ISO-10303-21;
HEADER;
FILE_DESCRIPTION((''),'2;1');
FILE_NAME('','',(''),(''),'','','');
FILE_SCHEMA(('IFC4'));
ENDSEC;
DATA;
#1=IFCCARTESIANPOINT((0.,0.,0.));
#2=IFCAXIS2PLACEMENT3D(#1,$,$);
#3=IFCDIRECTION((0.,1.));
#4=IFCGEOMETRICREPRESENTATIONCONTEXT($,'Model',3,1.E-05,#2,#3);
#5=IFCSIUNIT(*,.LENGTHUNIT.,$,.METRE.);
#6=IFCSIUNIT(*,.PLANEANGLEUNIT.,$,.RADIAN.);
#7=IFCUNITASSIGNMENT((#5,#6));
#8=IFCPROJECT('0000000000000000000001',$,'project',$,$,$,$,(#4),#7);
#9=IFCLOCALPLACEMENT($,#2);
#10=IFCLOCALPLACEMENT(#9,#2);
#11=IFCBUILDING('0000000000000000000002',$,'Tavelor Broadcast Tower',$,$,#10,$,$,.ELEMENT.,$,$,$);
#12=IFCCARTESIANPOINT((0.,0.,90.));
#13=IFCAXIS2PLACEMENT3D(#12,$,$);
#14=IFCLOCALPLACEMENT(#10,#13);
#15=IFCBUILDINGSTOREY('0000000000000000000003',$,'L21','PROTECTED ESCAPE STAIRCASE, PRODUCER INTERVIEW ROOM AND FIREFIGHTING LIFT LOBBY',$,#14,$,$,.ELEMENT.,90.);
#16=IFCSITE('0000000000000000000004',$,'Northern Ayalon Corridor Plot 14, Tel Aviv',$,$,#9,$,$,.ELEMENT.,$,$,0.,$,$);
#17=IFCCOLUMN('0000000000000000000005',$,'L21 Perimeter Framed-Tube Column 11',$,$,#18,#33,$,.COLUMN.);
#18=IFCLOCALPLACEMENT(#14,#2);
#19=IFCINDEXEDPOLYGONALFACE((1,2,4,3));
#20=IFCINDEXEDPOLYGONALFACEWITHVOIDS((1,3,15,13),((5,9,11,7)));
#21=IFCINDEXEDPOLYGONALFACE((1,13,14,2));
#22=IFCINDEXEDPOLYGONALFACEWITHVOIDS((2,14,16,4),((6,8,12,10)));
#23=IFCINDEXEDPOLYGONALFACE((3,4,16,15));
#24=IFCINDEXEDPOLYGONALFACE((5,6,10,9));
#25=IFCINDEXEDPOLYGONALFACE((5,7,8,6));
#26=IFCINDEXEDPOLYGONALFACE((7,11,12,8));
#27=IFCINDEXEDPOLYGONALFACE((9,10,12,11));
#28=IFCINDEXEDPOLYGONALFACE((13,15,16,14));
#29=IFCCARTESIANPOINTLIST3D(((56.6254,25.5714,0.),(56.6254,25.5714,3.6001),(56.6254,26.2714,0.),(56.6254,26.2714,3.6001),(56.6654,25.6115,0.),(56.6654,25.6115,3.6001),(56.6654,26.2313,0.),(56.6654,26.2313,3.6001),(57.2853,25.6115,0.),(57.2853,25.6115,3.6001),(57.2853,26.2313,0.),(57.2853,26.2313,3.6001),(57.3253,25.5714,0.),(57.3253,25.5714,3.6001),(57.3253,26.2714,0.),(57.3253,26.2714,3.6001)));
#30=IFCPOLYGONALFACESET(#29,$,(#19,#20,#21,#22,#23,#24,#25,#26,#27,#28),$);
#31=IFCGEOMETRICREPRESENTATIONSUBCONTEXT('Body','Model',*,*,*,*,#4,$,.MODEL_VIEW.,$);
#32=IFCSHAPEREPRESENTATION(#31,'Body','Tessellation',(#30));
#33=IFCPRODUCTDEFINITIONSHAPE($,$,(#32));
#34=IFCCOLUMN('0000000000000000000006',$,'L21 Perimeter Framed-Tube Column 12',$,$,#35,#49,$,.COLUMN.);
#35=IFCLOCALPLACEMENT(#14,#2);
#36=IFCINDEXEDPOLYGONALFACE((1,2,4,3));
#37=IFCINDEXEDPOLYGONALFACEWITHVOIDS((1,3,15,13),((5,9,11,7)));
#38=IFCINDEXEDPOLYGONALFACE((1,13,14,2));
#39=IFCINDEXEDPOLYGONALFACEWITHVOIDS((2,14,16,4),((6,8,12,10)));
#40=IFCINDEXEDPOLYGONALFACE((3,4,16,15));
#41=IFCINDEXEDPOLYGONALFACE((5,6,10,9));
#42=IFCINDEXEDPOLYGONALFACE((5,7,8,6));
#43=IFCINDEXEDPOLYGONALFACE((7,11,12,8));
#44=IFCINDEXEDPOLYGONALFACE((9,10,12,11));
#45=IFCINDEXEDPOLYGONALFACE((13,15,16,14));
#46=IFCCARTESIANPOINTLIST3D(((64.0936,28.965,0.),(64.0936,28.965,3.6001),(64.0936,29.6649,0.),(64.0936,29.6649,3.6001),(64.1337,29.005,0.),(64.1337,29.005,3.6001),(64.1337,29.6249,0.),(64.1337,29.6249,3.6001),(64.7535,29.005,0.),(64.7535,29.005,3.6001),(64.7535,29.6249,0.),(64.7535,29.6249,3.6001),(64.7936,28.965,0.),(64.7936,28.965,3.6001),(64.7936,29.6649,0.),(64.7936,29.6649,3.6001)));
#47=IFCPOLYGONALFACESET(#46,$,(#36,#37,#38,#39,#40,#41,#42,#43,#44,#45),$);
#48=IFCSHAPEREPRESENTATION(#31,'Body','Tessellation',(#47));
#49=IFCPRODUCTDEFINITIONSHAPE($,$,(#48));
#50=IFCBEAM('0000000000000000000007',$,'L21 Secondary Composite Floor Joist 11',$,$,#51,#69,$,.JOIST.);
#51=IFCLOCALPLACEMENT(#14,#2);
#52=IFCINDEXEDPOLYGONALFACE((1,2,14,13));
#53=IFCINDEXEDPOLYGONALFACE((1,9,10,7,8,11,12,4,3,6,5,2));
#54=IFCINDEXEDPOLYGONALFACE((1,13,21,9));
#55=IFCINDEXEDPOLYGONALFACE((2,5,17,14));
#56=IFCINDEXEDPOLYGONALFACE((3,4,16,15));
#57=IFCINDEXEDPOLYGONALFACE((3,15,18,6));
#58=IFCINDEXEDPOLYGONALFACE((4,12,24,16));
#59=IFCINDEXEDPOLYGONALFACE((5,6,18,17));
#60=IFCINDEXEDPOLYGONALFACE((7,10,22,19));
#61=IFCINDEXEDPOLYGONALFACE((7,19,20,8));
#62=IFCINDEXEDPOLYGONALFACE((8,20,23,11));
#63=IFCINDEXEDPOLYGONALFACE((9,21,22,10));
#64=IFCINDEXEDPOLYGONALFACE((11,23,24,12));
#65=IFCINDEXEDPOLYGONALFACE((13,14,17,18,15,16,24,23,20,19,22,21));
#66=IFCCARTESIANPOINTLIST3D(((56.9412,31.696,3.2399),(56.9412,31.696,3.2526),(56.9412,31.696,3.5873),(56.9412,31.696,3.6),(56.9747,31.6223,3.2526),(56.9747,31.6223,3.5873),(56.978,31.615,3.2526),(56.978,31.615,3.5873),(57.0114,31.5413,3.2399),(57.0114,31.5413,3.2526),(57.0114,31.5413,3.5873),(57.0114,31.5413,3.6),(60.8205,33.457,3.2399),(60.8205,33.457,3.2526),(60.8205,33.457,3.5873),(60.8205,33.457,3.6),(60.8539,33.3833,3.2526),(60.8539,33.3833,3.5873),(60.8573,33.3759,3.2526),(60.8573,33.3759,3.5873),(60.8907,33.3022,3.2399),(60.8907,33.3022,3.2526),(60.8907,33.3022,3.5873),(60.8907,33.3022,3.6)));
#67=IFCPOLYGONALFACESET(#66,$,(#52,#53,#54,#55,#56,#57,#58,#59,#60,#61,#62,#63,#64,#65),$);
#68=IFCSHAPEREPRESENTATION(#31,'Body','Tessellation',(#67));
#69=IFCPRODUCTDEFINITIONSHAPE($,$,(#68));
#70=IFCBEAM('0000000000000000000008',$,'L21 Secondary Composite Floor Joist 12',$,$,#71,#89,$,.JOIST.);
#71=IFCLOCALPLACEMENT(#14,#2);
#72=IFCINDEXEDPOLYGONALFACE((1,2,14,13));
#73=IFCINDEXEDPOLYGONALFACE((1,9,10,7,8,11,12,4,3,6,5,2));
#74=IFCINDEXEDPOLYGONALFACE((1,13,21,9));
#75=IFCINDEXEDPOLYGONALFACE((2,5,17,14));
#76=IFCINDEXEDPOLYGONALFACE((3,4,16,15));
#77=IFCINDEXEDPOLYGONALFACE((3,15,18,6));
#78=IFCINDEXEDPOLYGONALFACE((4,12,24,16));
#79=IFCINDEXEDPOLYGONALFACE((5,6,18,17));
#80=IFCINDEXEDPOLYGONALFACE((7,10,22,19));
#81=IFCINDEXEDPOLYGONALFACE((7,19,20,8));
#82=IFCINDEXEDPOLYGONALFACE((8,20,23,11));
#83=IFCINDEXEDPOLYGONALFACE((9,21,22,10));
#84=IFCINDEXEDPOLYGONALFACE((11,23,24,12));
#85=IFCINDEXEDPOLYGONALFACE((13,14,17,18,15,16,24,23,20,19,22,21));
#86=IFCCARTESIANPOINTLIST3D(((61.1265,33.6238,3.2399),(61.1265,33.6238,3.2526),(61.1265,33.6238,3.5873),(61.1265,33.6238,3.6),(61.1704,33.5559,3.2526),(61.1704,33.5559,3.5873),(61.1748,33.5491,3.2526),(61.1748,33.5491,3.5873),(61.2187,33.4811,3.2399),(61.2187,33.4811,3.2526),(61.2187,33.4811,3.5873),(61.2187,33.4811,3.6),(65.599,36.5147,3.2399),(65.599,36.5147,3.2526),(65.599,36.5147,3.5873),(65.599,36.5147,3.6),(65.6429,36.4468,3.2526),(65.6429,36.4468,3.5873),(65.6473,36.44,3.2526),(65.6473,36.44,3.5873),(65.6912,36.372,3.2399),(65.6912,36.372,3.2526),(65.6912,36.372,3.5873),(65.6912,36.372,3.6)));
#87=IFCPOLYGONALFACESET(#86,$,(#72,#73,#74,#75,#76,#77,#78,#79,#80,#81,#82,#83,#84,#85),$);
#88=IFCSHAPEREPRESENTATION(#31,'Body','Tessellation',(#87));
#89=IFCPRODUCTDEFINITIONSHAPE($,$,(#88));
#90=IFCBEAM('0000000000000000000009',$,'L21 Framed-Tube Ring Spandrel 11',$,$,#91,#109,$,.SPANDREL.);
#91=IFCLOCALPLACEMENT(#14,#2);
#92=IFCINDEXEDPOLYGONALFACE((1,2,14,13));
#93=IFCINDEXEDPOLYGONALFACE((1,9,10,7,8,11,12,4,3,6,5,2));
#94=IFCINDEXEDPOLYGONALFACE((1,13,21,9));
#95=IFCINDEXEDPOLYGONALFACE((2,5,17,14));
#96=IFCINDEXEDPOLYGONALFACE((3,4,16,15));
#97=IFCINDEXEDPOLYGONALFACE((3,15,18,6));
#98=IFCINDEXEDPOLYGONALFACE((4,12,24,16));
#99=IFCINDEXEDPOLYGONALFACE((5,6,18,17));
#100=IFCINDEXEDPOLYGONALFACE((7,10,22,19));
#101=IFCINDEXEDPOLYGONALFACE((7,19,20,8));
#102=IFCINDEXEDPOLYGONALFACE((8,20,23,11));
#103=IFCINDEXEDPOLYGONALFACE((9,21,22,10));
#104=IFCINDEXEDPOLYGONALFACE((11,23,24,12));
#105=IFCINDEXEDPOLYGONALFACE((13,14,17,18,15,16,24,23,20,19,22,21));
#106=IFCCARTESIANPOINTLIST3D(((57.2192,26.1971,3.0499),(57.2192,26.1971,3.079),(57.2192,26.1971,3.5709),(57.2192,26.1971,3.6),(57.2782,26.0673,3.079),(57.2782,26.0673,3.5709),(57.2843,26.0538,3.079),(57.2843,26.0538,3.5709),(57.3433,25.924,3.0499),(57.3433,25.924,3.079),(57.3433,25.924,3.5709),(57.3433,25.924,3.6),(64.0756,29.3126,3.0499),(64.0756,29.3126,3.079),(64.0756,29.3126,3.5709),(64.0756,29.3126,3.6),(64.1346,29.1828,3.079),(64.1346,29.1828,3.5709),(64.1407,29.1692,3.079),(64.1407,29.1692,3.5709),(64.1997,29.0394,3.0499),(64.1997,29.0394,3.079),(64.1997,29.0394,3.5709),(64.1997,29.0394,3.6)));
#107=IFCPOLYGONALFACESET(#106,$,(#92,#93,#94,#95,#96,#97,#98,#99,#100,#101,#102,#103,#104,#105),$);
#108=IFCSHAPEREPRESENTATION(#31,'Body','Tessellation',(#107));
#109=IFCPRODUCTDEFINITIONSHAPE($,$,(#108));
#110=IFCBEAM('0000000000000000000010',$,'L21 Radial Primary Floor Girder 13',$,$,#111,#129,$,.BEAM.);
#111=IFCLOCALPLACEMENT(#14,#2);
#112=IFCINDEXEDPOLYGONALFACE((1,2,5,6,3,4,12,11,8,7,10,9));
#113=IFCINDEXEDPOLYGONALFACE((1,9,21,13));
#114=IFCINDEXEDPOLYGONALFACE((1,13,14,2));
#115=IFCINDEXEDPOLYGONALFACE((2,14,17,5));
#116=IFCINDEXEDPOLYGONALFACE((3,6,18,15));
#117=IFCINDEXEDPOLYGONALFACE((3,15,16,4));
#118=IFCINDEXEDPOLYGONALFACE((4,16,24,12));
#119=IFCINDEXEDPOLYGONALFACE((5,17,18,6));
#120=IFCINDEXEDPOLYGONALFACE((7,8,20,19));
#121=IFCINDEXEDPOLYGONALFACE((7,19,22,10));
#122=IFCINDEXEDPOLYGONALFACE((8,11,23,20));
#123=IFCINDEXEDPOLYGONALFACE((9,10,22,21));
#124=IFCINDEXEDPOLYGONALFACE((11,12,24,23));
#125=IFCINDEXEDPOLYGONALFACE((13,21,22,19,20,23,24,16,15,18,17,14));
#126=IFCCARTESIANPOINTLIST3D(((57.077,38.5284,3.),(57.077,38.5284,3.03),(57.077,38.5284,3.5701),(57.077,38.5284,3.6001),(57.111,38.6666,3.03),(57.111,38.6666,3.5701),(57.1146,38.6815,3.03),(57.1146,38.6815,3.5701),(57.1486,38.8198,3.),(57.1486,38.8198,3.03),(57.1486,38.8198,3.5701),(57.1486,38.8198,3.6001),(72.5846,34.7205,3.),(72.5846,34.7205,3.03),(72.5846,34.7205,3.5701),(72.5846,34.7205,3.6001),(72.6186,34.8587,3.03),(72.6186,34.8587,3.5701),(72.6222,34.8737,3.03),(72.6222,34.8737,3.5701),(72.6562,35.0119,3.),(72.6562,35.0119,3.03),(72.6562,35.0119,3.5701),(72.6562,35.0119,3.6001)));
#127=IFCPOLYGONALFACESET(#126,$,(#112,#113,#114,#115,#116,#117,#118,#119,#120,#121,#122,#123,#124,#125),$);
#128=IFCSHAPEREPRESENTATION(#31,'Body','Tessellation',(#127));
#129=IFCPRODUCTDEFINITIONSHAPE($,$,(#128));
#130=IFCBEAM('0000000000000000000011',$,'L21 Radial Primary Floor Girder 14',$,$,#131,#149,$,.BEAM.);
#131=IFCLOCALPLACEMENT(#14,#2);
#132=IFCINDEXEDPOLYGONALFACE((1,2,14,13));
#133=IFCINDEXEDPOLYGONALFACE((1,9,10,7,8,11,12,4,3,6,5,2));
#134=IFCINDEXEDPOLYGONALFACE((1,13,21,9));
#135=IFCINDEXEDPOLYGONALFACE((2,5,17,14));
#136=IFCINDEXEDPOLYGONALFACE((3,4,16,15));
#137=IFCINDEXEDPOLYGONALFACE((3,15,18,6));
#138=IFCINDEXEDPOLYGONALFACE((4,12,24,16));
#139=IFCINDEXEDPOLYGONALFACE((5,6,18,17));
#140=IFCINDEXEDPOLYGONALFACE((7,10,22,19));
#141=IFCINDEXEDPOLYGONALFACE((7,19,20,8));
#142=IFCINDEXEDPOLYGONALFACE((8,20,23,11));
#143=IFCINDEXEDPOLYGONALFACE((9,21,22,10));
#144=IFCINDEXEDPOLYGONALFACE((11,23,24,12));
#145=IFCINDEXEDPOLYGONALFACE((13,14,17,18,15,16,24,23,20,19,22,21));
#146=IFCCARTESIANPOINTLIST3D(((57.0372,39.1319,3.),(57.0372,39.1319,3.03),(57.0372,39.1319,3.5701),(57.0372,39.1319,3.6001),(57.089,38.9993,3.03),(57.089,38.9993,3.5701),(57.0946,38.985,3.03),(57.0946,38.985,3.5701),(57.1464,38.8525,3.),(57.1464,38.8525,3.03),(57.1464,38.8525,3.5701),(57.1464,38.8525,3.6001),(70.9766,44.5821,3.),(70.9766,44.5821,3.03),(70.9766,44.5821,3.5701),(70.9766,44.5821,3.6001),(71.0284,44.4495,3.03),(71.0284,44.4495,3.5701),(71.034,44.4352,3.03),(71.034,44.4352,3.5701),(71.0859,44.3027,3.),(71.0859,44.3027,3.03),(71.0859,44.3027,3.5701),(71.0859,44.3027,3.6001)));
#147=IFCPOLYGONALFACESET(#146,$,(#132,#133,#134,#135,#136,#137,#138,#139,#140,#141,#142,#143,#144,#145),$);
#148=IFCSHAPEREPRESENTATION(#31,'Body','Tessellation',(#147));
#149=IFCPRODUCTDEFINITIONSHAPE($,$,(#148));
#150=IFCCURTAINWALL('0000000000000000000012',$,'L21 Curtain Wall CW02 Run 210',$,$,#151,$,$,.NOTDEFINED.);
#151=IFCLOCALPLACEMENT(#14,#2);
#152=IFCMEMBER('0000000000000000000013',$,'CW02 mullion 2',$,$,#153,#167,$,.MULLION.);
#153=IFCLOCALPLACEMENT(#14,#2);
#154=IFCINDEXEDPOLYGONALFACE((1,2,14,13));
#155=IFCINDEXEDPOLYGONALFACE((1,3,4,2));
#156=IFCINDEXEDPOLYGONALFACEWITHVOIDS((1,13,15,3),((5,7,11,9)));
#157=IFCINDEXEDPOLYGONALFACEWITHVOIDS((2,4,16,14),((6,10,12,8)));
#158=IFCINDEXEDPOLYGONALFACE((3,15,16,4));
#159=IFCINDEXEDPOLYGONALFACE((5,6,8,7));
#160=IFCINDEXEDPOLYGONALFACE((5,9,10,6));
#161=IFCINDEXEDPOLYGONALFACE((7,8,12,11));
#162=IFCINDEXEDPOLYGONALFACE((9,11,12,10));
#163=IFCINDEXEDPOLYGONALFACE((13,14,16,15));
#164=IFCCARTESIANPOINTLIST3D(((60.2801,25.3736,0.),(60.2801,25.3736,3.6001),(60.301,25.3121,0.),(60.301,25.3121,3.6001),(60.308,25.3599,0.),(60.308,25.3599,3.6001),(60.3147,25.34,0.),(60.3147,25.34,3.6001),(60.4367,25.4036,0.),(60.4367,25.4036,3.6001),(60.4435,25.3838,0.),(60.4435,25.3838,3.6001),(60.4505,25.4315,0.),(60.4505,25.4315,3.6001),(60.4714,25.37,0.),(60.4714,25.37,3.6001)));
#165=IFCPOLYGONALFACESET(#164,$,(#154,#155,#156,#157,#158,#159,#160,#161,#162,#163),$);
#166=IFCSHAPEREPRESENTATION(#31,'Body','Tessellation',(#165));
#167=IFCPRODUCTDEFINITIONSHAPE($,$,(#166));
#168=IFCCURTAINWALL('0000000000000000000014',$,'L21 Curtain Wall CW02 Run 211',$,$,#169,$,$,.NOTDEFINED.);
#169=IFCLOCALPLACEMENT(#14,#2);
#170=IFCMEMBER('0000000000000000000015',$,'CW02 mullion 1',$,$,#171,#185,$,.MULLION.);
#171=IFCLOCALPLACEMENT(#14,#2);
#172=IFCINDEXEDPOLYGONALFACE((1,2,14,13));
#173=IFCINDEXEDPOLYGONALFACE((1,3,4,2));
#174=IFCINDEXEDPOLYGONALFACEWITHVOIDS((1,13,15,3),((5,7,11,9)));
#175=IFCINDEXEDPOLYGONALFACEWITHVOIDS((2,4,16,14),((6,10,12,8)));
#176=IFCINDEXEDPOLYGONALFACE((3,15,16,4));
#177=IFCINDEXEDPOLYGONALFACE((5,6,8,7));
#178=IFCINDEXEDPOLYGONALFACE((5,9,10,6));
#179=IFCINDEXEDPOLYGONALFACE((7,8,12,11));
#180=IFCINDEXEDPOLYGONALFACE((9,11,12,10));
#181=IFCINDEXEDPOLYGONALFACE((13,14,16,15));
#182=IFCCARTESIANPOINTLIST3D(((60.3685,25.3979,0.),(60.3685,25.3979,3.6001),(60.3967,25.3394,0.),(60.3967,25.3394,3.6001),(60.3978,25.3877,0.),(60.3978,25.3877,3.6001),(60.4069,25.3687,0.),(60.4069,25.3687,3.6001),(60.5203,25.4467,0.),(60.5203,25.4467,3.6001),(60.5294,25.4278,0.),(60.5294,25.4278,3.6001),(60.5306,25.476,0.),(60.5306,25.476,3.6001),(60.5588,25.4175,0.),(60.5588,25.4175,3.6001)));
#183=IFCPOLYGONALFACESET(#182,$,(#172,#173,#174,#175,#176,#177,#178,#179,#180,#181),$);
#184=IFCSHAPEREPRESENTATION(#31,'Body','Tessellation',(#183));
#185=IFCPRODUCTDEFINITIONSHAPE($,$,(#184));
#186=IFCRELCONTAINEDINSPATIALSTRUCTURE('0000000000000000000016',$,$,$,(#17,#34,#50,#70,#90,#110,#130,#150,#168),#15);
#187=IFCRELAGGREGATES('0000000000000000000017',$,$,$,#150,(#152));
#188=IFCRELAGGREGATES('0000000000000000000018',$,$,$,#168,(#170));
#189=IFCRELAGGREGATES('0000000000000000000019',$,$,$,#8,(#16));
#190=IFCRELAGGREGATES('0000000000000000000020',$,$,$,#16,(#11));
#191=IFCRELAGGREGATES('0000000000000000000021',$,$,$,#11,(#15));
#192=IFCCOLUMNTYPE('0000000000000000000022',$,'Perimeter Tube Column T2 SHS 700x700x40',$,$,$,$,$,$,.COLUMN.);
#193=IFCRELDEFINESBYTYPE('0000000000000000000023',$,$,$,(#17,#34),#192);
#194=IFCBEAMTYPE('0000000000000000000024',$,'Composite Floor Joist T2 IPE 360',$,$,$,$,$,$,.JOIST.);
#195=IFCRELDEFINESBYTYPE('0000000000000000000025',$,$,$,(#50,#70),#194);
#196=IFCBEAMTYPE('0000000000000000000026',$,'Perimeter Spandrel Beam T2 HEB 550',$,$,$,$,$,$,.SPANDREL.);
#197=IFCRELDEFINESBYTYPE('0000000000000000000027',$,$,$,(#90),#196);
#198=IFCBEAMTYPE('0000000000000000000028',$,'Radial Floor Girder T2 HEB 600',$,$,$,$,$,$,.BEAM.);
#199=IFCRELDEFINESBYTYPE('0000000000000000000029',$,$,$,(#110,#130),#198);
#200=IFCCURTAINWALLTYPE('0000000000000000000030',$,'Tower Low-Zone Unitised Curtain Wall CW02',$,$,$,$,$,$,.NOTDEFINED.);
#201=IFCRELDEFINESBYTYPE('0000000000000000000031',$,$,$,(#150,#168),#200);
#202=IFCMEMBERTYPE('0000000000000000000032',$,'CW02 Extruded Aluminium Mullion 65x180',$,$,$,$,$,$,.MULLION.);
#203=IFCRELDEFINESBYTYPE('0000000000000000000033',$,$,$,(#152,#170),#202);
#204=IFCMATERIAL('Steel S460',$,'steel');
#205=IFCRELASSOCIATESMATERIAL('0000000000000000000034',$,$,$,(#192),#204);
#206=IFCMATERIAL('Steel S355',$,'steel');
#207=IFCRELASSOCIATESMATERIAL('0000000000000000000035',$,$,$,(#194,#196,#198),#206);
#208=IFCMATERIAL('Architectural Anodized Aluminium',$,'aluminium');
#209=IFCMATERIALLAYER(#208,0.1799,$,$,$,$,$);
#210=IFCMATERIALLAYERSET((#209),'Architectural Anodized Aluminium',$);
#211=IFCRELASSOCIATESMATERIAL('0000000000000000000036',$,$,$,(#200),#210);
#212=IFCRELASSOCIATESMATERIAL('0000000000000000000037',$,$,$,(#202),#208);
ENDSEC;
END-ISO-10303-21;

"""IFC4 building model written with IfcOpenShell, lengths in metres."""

from ifc_helpers import new_model, si_unit, direction, frame, origin, origin_2d, place, context, subcontext, project, spatial, hollow_rectangle, i_section, extrude, source, transform, mapped, material, layer, layer_set, material_profile, profile_set, type_object, type_shapes, element, aggregate, save


model = new_model("IFC4")

# Units and contexts
model_context = context("Model", 3, precision=1e-05, world=origin(), true_north=direction((0.0, 1.0)))
body_context = subcontext(model_context, "Body", "Model", "MODEL_VIEW")
ifc_project = project(units=[si_unit("LENGTHUNIT", "METRE"), si_unit("PLANEANGLEUNIT", "RADIAN")], contexts=[model_context])

# Site, building, storey
site_placement = place(None, origin())
site = spatial("IfcSite", under=ifc_project, at=site_placement, Name="Northern Ayalon Corridor Plot 14, Tel Aviv", CompositionType="ELEMENT", RefElevation=0.0)
building_placement = place(site_placement, origin())
building = spatial("IfcBuilding", under=site, at=building_placement, Name="Tavelor Broadcast Tower", CompositionType="ELEMENT")
storey_placement = place(building_placement, frame((0.0, 0.0, 90.0)))
storey = spatial("IfcBuildingStorey", under=building, at=storey_placement, Name="L21", Description="PROTECTED ESCAPE STAIRCASE, PRODUCER INTERVIEW ROOM AND FIREFIGHTING LIFT LOBBY", CompositionType="ELEMENT", Elevation=90.0)

# Columns
ifc_material_1 = material(Name="Steel S460", Category="steel")
ifc_material_profile_1 = material_profile(ifc_material_1, hollow_rectangle(XDim=0.7, YDim=0.7, WallThickness=0.04, at=origin_2d()), Name="SHS 700x700x40")
ifc_profile_set_1 = profile_set([ifc_material_profile_1], Name="Steel S460")
column_type = type_object("IfcColumnType", Name="Perimeter Tube Column T2 SHS 700x700x40", PredefinedType="COLUMN", material=ifc_profile_set_1)
for number, where, z_axis, x_axis, name in (
    (1, (56.9753, 25.9214, 0.0), (0.0, 0.0, 1.0), (1.0, 0.0, 0.0), "L21 Perimeter Framed-Tube Column 11"),
    (2, (64.4436, 29.3149, 0.0), (0.0, 0.0, 1.0), (1.0, 0.0, 0.0), "L21 Perimeter Framed-Tube Column 12"),
):
    element("IfcColumn", number, at=place(storey_placement, frame(where, z_axis=z_axis, x_axis=x_axis)), inside=storey, type_object=column_type, Name=name, PredefinedType="COLUMN", context=body_context, shape_type="SweptSolid", body=[
        extrude(hollow_rectangle(XDim=0.7, YDim=0.7, WallThickness=0.04, at=origin_2d()), origin(), (0.0, 0.0, 1.0), 3.6001),
    ])

# Beams
ifc_material_2 = material(Name="Steel S355", Category="steel")
ifc_material_profile_2 = material_profile(ifc_material_2, i_section(OverallWidth=0.1699, OverallDepth=0.3601, WebThickness=0.0081, FlangeThickness=0.0127, at=origin_2d()), Name="IPE 360")
ifc_profile_set_2 = profile_set([ifc_material_profile_2], Name="Steel S355")
beam_type_1 = type_object("IfcBeamType", Name="Composite Floor Joist T2 IPE 360", PredefinedType="JOIST", material=ifc_profile_set_2)
beam_1_placement = place(storey_placement, frame((56.9763, 31.6187, 3.4199), z_axis=(0.910576, 0.413341, 0.0), x_axis=(-0.413341, 0.910576, 0.0)))
element("IfcBeam", 3, at=beam_1_placement, inside=storey, type_object=beam_type_1, Name="L21 Secondary Composite Floor Joist 11", PredefinedType="JOIST", context=body_context, shape_type="SweptSolid", body=[
    extrude(i_section(OverallWidth=0.1699, OverallDepth=0.3601, WebThickness=0.0081, FlangeThickness=0.0127, at=origin_2d()), origin(), (0.0, 0.0, 1.0), 4.2603),
])
beam_2_placement = place(storey_placement, frame((61.1726, 33.5525, 3.4199), z_axis=(0.839831, 0.542848, 0.0), x_axis=(-0.542848, 0.839831, 0.0)))
element("IfcBeam", 4, at=beam_2_placement, inside=storey, type_object=beam_type_1, Name="L21 Secondary Composite Floor Joist 12", PredefinedType="JOIST", context=body_context, shape_type="SweptSolid", body=[
    extrude(i_section(OverallWidth=0.1699, OverallDepth=0.3601, WebThickness=0.0081, FlangeThickness=0.0127, at=origin_2d()), origin(), (0.0, 0.0, 1.0), 5.3254),
])
ifc_material_profile_3 = material_profile(ifc_material_2, i_section(OverallWidth=0.3, OverallDepth=0.55, WebThickness=0.0149, FlangeThickness=0.0291, at=origin_2d()), Name="HEB 550")
ifc_profile_set_3 = profile_set([ifc_material_profile_3], Name="Steel S355")
beam_type_2 = type_object("IfcBeamType", Name="Perimeter Spandrel Beam T2 HEB 550", PredefinedType="SPANDREL", material=ifc_profile_set_3)
beam_3_placement = place(storey_placement, frame((57.2812, 26.0605, 3.325), z_axis=(0.910421, 0.413683, 0.0), x_axis=(-0.413683, 0.910421, 0.0)))
element("IfcBeam", 5, at=beam_3_placement, inside=storey, type_object=beam_type_2, Name="L21 Framed-Tube Ring Spandrel 11", PredefinedType="SPANDREL", context=body_context, shape_type="SweptSolid", body=[
    extrude(i_section(OverallWidth=0.3, OverallDepth=0.55, WebThickness=0.0149, FlangeThickness=0.0291, at=origin_2d()), origin(), (0.0, 0.0, 1.0), 7.531),
])
ifc_material_profile_4 = material_profile(ifc_material_2, i_section(OverallWidth=0.3, OverallDepth=0.6001, WebThickness=0.0154, FlangeThickness=0.03, at=origin_2d()), Name="HEB 600")
ifc_profile_set_4 = profile_set([ifc_material_profile_4], Name="Steel S355")
beam_type_3 = type_object("IfcBeamType", Name="Radial Floor Girder T2 HEB 600", PredefinedType="BEAM", material=ifc_profile_set_4)
beam_4_placement = place(storey_placement, frame((57.1128, 38.6741, 3.3), z_axis=(0.971151, -0.238465, 0.0), x_axis=(0.238465, 0.971151, 0.0)))
element("IfcBeam", 6, at=beam_4_placement, inside=storey, type_object=beam_type_3, Name="L21 Radial Primary Floor Girder 13", PredefinedType="BEAM", context=body_context, shape_type="SweptSolid", body=[
    extrude(i_section(OverallWidth=0.3, OverallDepth=0.6001, WebThickness=0.0154, FlangeThickness=0.03, at=origin_2d()), origin(), (0.0, 0.0, 1.0), 15.9683),
])
beam_5_placement = place(storey_placement, frame((57.0918, 38.9922, 3.3), z_axis=(0.931342, 0.364146, 0.0), x_axis=(-0.364146, 0.931342, 0.0)))
element("IfcBeam", 7, at=beam_5_placement, inside=storey, type_object=beam_type_3, Name="L21 Radial Primary Floor Girder 14", PredefinedType="BEAM", context=body_context, shape_type="SweptSolid", body=[
    extrude(i_section(OverallWidth=0.3, OverallDepth=0.6001, WebThickness=0.0154, FlangeThickness=0.03, at=origin_2d()), origin(), (0.0, 0.0, 1.0), 14.967),
])

# Curtain wall, member
ifc_material_3 = material(Name="Architectural Anodized Aluminium", Category="aluminium")
ifc_layer_1 = layer(ifc_material_3, 0.1799)
ifc_layer_set_1 = layer_set([ifc_layer_1], Name="Architectural Anodized Aluminium")
curtain_wall_type = type_object("IfcCurtainWallType", Name="Tower Low-Zone Unitised Curtain Wall CW02", PredefinedType="NOTDEFINED", material=ifc_layer_set_1)
curtain_wall_1_placement = place(storey_placement, origin())
curtain_wall_1 = element("IfcCurtainWall", 8, at=curtain_wall_1_placement, inside=storey, type_object=curtain_wall_type, Name="L21 Curtain Wall CW02 Run 210", PredefinedType="NOTDEFINED")
ifc_material_profile_5 = material_profile(ifc_material_3, hollow_rectangle(XDim=0.0649, YDim=0.1799, WallThickness=0.022, at=origin_2d()), Name="RHS 65x180x22")
ifc_profile_set_5 = profile_set([ifc_material_profile_5], Name="Architectural Anodized Aluminium")
member_type_1 = type_object("IfcMemberType", Name="CW02 Extruded Aluminium Mullion 65x180", PredefinedType="MULLION", material=ifc_profile_set_5)
shared_shape_1 = source(origin(), body_context, "Body", "SweptSolid", [
    extrude(hollow_rectangle(XDim=0.0649, YDim=0.1799, WallThickness=0.022, at=origin_2d()), origin(), (0.0, 0.0, 1.0), 3.6001),
])
type_shapes(member_type_1, [shared_shape_1])
member_1_placement = place(storey_placement, frame((60.3757, 25.3718, 0.0), z_axis=(0.0, 0.0, 1.0), x_axis=(-0.321852, 0.94679, 0.0)))
member_1 = element("IfcMember", 9, at=member_1_placement, type_object=member_type_1, Name="CW02 mullion 2", PredefinedType="MULLION", context=body_context, shape_type="MappedRepresentation", body=[
    mapped(shared_shape_1, transform((0.0, 0.0, 0.0), scale=1.0)),
])
aggregate(curtain_wall_1, [member_1])

# Curtain wall, member
curtain_wall_2_placement = place(storey_placement, origin())
curtain_wall_2 = element("IfcCurtainWall", 10, at=curtain_wall_2_placement, inside=storey, type_object=curtain_wall_type, Name="L21 Curtain Wall CW02 Run 211", PredefinedType="NOTDEFINED")
member_2_placement = place(storey_placement, frame((60.4636, 25.4077, 0.0), z_axis=(0.0, 0.0, 1.0), x_axis=(-0.434067, 0.90088, 0.0)))
member_2 = element("IfcMember", 11, at=member_2_placement, type_object=member_type_1, Name="CW02 mullion 1", PredefinedType="MULLION", context=body_context, shape_type="MappedRepresentation", body=[
    mapped(shared_shape_1, transform((0.0, 0.0, 0.0), scale=1.0)),
])

aggregate(curtain_wall_2, [member_2])

save(model, "model.ifc")
